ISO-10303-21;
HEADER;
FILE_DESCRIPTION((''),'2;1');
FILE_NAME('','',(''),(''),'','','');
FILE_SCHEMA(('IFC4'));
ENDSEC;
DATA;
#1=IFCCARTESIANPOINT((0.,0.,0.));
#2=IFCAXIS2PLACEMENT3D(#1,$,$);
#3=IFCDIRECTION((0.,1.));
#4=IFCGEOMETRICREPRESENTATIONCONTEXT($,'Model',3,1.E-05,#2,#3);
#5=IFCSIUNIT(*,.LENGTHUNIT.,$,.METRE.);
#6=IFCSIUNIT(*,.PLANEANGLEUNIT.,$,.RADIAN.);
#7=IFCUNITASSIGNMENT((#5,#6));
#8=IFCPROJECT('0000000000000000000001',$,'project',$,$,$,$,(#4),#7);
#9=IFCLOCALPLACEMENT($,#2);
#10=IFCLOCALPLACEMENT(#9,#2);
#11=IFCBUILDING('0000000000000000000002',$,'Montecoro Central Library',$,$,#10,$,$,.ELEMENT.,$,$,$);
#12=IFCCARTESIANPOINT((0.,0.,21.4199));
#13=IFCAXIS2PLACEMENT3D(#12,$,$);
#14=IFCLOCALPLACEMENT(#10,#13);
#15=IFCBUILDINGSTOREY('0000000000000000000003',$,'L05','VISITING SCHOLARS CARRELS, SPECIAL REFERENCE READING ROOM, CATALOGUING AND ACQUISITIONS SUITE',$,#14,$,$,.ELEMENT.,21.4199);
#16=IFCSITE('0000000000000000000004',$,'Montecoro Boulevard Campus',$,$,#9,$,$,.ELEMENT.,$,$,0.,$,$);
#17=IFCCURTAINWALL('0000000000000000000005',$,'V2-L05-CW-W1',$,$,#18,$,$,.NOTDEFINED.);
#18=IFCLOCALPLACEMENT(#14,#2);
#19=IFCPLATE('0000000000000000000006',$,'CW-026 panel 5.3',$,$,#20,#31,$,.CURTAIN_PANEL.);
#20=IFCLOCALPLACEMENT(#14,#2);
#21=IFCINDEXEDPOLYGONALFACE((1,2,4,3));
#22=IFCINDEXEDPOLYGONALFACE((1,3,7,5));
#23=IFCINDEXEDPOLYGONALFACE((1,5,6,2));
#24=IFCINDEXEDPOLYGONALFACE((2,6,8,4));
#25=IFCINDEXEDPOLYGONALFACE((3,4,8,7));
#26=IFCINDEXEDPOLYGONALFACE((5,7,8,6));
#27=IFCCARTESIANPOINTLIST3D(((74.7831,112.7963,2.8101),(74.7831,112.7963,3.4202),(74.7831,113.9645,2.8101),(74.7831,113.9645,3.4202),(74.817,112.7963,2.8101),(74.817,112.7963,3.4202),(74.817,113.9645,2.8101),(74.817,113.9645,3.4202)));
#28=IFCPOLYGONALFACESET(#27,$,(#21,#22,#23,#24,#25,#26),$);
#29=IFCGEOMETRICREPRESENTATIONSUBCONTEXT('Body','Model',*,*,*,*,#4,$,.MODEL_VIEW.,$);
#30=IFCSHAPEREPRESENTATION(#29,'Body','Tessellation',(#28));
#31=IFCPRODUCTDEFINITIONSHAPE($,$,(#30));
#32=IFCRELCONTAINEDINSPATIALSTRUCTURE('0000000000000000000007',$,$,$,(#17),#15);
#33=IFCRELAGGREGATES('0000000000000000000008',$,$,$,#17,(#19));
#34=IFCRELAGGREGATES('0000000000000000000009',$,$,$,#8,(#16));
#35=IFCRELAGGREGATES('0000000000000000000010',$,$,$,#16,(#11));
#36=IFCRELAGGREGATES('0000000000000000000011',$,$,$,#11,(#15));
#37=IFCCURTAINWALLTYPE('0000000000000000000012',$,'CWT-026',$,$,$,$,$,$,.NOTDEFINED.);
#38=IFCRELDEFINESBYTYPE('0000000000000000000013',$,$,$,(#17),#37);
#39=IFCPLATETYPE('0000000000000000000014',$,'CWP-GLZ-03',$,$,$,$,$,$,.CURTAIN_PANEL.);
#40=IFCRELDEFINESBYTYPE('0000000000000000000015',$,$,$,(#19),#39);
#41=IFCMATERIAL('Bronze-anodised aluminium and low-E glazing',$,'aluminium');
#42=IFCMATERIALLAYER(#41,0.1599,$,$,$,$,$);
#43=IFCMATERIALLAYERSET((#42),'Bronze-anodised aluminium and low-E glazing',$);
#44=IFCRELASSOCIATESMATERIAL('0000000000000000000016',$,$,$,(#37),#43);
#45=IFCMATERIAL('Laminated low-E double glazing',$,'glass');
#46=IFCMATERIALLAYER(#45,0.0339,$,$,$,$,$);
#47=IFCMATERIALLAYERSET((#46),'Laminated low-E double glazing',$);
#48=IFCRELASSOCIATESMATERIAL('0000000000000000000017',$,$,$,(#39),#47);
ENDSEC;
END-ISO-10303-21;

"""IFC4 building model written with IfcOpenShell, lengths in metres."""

from ifc_helpers import new_model, si_unit, direction, frame, origin, origin_2d, place, context, subcontext, project, spatial, rectangle, extrude, material, layer, layer_set, type_object, element, aggregate, save


model = new_model("IFC4")

# Units and contexts
model_context = context("Model", 3, precision=1e-05, world=origin(), true_north=direction((0.0, 1.0)))
body_context = subcontext(model_context, "Body", "Model", "MODEL_VIEW")
ifc_project = project(units=[si_unit("LENGTHUNIT", "METRE"), si_unit("PLANEANGLEUNIT", "RADIAN")], contexts=[model_context])

# Site, building, storey
site_placement = place(None, origin())
site = spatial("IfcSite", under=ifc_project, at=site_placement, Name="Montecoro Boulevard Campus", CompositionType="ELEMENT", RefElevation=0.0)
building_placement = place(site_placement, origin())
building = spatial("IfcBuilding", under=site, at=building_placement, Name="Montecoro Central Library", CompositionType="ELEMENT")
storey_placement = place(building_placement, frame((0.0, 0.0, 21.4199)))
storey = spatial("IfcBuildingStorey", under=building, at=storey_placement, Name="L05", Description="VISITING SCHOLARS CARRELS, SPECIAL REFERENCE READING ROOM, CATALOGUING AND ACQUISITIONS SUITE", CompositionType="ELEMENT", Elevation=21.4199)

# Curtain wall, plate
ifc_material_1 = material(Name="Bronze-anodised aluminium and low-E glazing", Category="aluminium")
ifc_layer_1 = layer(ifc_material_1, 0.1599)
ifc_layer_set_1 = layer_set([ifc_layer_1], Name="Bronze-anodised aluminium and low-E glazing")
curtain_wall_type = type_object("IfcCurtainWallType", Name="CWT-026", PredefinedType="NOTDEFINED", material=ifc_layer_set_1)
curtain_wall_placement = place(storey_placement, origin())
curtain_wall = element("IfcCurtainWall", 1, at=curtain_wall_placement, inside=storey, type_object=curtain_wall_type, Name="V2-L05-CW-W1", PredefinedType="NOTDEFINED")
ifc_material_2 = material(Name="Laminated low-E double glazing", Category="glass")
ifc_layer_2 = layer(ifc_material_2, 0.0339)
ifc_layer_set_2 = layer_set([ifc_layer_2], Name="Laminated low-E double glazing")
plate_type = type_object("IfcPlateType", Name="CWP-GLZ-03", PredefinedType="CURTAIN_PANEL", material=ifc_layer_set_2)
plate_1_placement = place(storey_placement, frame((74.8, 113.3804, 2.8101), z_axis=(0.0, 0.0, 1.0), x_axis=(0.0, -1.0, 0.0)))
plate_1 = element("IfcPlate", 2, at=plate_1_placement, type_object=plate_type, Name="CW-026 panel 5.3", PredefinedType="CURTAIN_PANEL", context=body_context, shape_type="SweptSolid", body=[
    extrude(rectangle(XDim=1.1682, YDim=0.0339, at=origin_2d()), origin(), (0.0, 0.0, 1.0), 0.6101),
])
aggregate(curtain_wall, [plate_1])

save(model, "model.ifc")
